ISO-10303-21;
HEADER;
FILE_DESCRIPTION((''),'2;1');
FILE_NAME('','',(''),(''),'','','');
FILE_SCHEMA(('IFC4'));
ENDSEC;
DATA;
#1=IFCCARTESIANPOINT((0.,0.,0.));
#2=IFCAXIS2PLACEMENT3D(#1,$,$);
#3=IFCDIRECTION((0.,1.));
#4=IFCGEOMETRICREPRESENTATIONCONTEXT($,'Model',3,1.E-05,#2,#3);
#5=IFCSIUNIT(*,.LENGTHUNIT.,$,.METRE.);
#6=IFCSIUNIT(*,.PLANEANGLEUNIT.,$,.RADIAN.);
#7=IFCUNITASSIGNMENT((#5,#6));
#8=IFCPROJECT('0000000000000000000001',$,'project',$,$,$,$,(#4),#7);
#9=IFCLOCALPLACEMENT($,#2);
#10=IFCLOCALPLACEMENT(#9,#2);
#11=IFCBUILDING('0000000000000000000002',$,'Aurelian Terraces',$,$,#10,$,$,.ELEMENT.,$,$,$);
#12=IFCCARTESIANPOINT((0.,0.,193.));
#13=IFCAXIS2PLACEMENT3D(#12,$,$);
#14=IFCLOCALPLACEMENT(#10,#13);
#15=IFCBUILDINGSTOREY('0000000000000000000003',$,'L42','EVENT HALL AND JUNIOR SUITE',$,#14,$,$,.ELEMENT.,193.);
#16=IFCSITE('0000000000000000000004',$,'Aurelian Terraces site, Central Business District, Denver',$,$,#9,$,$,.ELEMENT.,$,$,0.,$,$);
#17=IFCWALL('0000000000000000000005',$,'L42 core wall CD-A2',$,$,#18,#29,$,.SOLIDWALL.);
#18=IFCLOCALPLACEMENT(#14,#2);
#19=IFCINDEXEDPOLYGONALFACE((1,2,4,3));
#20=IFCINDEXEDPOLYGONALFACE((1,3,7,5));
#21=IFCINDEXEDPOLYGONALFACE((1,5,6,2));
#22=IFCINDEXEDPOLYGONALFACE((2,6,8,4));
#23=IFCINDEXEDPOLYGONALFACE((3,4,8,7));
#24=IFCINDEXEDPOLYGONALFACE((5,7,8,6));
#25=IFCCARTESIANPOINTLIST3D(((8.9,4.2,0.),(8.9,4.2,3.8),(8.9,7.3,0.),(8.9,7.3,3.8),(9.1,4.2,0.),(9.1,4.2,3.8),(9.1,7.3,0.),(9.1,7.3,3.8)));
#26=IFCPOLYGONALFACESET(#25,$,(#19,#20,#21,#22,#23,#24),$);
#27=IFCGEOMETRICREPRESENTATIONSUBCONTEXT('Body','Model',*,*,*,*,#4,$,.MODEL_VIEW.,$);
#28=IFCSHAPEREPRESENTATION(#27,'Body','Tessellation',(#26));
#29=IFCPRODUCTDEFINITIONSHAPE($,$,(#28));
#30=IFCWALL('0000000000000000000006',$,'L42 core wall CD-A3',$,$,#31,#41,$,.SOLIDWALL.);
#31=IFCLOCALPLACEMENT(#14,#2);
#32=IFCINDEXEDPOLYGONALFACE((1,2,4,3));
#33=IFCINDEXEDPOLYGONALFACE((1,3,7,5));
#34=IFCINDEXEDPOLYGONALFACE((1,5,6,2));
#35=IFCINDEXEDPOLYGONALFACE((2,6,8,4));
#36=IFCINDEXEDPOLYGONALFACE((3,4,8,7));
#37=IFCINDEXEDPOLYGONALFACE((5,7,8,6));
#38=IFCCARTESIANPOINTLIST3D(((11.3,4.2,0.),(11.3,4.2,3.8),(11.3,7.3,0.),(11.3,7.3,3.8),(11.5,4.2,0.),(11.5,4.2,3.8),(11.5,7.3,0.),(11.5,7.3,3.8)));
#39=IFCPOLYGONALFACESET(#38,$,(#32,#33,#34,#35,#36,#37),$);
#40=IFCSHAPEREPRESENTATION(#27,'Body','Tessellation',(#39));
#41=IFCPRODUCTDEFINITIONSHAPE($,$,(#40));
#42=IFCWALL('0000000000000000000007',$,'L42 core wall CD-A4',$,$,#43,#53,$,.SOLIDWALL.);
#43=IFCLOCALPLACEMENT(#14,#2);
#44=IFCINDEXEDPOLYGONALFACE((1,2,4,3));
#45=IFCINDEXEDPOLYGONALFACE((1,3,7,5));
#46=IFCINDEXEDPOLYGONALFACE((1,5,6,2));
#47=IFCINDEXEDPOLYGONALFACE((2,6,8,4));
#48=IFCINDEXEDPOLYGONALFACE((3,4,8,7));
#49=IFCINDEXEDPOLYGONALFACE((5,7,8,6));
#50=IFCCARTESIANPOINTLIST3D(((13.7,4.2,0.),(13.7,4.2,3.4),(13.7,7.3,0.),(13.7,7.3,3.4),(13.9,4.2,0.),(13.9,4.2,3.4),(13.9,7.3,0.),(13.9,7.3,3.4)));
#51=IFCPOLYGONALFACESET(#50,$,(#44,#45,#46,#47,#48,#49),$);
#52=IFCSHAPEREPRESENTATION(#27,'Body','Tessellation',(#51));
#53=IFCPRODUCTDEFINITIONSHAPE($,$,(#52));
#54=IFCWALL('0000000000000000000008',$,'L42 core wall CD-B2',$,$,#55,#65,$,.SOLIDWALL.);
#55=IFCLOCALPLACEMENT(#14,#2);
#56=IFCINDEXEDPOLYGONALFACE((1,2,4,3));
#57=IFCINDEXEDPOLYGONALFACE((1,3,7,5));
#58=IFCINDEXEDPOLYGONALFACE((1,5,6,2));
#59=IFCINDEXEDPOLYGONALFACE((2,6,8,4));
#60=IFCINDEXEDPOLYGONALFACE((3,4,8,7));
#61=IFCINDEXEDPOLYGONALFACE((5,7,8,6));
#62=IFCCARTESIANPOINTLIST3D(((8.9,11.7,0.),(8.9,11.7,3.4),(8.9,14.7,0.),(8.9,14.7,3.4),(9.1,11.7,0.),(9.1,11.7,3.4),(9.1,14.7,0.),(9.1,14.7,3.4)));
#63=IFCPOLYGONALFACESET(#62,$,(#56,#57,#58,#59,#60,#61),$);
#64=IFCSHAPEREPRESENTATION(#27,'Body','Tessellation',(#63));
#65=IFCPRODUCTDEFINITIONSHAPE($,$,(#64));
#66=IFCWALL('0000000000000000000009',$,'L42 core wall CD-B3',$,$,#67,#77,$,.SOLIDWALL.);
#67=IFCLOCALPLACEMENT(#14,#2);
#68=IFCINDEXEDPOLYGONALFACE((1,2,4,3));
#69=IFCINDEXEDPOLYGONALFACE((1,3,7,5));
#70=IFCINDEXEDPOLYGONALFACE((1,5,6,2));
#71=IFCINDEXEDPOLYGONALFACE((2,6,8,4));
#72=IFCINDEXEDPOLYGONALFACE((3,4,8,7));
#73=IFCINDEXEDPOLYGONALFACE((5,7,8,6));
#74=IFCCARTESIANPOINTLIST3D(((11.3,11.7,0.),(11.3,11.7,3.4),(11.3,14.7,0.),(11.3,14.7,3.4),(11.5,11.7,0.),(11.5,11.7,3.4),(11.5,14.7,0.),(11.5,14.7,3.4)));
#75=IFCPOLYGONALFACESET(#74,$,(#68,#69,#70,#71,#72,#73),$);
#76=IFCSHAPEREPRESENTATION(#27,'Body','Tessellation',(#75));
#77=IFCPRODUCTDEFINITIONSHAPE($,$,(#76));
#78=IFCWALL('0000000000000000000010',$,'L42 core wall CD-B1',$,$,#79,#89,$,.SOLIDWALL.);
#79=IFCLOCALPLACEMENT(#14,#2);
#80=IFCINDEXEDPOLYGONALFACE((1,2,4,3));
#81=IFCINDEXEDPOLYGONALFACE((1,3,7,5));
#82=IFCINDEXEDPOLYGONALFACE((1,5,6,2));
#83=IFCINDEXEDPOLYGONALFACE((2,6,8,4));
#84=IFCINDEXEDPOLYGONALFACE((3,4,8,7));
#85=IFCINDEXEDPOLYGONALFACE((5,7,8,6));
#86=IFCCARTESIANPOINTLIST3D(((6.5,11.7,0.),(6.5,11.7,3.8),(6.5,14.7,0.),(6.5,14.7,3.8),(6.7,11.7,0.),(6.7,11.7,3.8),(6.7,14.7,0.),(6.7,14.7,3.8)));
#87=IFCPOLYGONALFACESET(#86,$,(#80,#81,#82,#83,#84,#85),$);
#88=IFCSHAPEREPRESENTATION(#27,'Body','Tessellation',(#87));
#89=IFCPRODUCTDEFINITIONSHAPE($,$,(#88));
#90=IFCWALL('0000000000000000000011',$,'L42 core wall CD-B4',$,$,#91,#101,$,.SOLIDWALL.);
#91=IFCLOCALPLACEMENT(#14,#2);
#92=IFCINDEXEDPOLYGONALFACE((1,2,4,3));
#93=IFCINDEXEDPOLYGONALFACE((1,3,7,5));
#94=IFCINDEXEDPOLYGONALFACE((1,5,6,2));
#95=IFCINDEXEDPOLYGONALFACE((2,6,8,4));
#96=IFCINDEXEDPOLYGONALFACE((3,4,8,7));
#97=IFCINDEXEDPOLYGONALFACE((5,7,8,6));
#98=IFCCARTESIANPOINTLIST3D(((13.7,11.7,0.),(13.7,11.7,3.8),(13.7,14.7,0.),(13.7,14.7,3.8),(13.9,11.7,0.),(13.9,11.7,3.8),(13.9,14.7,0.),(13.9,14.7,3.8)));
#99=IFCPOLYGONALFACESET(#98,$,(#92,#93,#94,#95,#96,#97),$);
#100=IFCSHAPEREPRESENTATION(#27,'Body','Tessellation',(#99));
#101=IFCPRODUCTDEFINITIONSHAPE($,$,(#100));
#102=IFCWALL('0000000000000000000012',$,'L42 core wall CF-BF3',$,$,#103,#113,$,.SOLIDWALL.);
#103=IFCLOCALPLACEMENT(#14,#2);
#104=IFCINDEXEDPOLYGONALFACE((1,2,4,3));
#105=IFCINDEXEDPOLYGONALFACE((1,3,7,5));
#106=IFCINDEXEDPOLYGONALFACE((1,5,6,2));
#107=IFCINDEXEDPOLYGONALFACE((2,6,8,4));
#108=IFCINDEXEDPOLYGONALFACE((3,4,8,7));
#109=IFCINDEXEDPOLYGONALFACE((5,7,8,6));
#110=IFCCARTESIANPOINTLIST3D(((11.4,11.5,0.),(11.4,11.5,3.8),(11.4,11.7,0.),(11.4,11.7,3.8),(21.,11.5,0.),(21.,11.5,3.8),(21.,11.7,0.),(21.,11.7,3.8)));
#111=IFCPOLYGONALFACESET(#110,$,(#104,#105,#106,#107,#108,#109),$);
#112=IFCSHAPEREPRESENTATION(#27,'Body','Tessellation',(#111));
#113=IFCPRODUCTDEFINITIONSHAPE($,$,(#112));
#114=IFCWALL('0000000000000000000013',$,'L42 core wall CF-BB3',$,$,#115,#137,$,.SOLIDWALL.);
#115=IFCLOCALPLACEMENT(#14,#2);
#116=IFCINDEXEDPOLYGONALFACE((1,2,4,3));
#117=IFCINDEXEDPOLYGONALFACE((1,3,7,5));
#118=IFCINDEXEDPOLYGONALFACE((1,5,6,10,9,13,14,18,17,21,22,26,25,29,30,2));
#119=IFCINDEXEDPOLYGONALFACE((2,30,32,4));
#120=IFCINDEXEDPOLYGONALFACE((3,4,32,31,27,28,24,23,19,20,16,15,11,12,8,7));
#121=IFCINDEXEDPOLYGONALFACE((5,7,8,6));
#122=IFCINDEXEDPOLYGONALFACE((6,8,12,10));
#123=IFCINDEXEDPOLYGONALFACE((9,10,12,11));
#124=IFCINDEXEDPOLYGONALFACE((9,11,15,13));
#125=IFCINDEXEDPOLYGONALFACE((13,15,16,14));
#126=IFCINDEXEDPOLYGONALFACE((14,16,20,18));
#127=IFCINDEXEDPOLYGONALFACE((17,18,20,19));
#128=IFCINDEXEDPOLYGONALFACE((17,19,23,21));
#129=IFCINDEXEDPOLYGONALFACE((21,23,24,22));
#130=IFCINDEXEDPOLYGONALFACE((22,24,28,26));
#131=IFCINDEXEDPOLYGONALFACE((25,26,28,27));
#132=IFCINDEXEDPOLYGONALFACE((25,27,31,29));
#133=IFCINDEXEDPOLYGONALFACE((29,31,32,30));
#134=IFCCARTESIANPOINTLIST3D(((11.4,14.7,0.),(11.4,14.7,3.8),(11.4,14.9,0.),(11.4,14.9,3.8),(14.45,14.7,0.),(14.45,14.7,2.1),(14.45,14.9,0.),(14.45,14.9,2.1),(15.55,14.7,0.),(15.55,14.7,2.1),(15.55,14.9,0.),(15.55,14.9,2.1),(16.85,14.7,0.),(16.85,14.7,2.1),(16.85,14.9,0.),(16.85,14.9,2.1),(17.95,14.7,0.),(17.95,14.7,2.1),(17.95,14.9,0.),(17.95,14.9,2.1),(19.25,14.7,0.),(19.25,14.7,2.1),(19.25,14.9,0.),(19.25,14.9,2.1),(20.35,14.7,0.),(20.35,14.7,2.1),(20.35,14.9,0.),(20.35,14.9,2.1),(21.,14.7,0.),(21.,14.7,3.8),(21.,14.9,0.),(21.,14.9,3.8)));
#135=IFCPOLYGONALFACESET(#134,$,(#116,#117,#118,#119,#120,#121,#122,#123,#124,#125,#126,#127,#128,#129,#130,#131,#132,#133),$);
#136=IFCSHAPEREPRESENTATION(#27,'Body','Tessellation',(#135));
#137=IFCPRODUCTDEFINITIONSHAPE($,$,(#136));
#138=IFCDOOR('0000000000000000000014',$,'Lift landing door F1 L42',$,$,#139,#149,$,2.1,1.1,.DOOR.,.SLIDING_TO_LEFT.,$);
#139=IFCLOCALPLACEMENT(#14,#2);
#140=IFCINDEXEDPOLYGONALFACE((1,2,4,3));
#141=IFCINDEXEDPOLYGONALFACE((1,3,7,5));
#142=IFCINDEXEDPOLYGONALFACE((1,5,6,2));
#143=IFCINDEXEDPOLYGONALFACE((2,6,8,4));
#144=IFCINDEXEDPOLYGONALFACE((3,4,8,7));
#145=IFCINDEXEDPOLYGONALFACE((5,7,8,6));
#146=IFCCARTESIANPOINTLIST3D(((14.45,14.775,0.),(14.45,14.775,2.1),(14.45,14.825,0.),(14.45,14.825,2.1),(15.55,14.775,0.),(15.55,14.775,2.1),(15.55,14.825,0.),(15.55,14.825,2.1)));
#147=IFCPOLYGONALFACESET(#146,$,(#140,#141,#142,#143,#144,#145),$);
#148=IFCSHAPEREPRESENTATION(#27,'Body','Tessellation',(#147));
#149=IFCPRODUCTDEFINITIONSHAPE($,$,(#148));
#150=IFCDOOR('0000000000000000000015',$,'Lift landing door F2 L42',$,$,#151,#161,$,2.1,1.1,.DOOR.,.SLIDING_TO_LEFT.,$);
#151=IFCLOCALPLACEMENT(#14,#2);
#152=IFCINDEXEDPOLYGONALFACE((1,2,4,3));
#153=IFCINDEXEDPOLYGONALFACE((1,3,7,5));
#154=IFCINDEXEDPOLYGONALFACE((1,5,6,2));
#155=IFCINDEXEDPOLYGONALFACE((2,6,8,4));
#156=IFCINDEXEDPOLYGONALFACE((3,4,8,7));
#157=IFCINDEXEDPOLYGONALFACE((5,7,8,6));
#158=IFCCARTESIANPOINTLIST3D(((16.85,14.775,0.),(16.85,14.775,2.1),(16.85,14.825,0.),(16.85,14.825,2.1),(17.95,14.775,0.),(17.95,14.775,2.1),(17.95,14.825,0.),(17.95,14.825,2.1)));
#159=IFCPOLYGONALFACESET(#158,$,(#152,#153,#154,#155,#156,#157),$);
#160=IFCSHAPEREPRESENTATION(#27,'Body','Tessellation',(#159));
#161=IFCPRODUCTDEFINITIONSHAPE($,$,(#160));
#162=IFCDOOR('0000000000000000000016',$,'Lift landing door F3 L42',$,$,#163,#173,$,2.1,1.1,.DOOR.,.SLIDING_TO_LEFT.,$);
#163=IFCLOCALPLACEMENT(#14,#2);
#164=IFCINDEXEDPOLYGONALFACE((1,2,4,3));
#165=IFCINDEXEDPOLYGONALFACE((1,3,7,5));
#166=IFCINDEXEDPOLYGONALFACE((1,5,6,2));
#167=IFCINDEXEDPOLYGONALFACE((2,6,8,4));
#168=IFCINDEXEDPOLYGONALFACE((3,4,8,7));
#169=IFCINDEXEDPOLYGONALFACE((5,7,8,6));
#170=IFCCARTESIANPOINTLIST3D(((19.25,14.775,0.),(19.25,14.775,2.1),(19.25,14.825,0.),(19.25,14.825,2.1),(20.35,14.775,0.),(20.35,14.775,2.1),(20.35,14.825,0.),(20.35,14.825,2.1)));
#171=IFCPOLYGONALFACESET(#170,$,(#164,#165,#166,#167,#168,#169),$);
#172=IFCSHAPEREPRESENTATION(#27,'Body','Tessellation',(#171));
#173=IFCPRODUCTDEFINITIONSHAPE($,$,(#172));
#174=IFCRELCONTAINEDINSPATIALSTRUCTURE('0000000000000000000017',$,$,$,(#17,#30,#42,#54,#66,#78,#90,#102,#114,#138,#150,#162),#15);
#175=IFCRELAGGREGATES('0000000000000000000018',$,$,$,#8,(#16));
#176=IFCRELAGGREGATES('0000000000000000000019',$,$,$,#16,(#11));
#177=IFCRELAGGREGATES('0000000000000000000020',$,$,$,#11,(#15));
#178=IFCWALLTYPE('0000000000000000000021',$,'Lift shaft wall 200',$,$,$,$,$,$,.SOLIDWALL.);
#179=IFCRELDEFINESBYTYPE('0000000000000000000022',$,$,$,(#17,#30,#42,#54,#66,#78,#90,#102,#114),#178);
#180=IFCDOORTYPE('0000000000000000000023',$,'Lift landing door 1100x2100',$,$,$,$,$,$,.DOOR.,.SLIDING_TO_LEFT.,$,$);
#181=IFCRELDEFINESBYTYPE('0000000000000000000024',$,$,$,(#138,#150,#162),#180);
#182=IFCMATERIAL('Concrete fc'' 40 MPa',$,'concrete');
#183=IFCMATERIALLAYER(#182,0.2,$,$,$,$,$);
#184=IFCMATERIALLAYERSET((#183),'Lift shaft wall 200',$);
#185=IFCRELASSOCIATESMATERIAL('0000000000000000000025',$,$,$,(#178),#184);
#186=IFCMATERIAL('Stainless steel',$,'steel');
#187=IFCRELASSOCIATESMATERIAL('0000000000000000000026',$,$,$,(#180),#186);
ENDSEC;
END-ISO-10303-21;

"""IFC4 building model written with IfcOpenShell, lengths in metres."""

from ifc_helpers import new_model, si_unit, direction, frame, frame_2d, origin, place, context, subcontext, project, spatial, rectangle, extrude, source, transform, mapped, material, layer, layer_set, type_object, element, fill, save


model = new_model("IFC4")

# Units and contexts
model_context = context("Model", 3, precision=1e-05, world=origin(), true_north=direction((0.0, 1.0)))
body_context = subcontext(model_context, "Body", "Model", "MODEL_VIEW")
ifc_project = project(units=[si_unit("LENGTHUNIT", "METRE"), si_unit("PLANEANGLEUNIT", "RADIAN")], contexts=[model_context])

# Site, building, storey
site_placement = place(None, origin())
site = spatial("IfcSite", under=ifc_project, at=site_placement, Name="Aurelian Terraces site, Central Business District, Denver", CompositionType="ELEMENT", RefElevation=0.0)
building_placement = place(site_placement, origin())
building = spatial("IfcBuilding", under=site, at=building_placement, Name="Aurelian Terraces", CompositionType="ELEMENT")
storey_placement = place(building_placement, frame((0.0, 0.0, 193.0)))
storey = spatial("IfcBuildingStorey", under=building, at=storey_placement, Name="L42", Description="EVENT HALL AND JUNIOR SUITE", CompositionType="ELEMENT", Elevation=193.0)

# Walls
ifc_material_1 = material(Name="Concrete fc' 40 MPa", Category="concrete")
ifc_layer_1 = layer(ifc_material_1, 0.2)
ifc_layer_set_1 = layer_set([ifc_layer_1], Name="Lift shaft wall 200")
wall_type_1 = type_object("IfcWallType", Name="Lift shaft wall 200", PredefinedType="SOLIDWALL", material=ifc_layer_set_1)
shared_shape_1 = source(origin(), body_context, "Body", "SweptSolid", [
    extrude(rectangle(XDim=3.1, YDim=0.2, at=frame_2d((1.55, 0.0))), origin(), (0.0, 0.0, 1.0), 3.8),
])
for number, where, z_axis, x_axis, name in (
    (1, (9.0, 4.2, 0.0), (0.0, 0.0, 1.0), (0.0, 1.0, 0.0), "L42 core wall CD-A2"),
    (2, (11.4, 4.2, 0.0), (0.0, 0.0, 1.0), (0.0, 1.0, 0.0), "L42 core wall CD-A3"),
):
    element("IfcWall", number, at=place(storey_placement, frame(where, z_axis=z_axis, x_axis=x_axis)), inside=storey, type_object=wall_type_1, Name=name, PredefinedType="SOLIDWALL", context=body_context, shape_type="MappedRepresentation", body=[
        mapped(shared_shape_1, transform((0.0, 0.0, 0.0), scale=1.0)),
    ])
shared_shape_2 = source(origin(), body_context, "Body", "SweptSolid", [
    extrude(rectangle(XDim=3.1, YDim=0.2, at=frame_2d((1.55, 0.0))), origin(), (0.0, 0.0, 1.0), 3.4),
])
wall_1_placement = place(storey_placement, frame((13.8, 4.2, 0.0), z_axis=(0.0, 0.0, 1.0), x_axis=(0.0, 1.0, 0.0)))
element("IfcWall", 3, at=wall_1_placement, inside=storey, type_object=wall_type_1, Name="L42 core wall CD-A4", PredefinedType="SOLIDWALL", context=body_context, shape_type="MappedRepresentation", body=[
    mapped(shared_shape_2, transform((0.0, 0.0, 0.0), scale=1.0)),
])
shared_shape_3 = source(origin(), body_context, "Body", "SweptSolid", [
    extrude(rectangle(XDim=3.0, YDim=0.2, at=frame_2d((1.5, 0.0))), origin(), (0.0, 0.0, 1.0), 3.4),
])
for number, where, z_axis, x_axis, name in (
    (4, (9.0, 11.7, 0.0), (0.0, 0.0, 1.0), (0.0, 1.0, 0.0), "L42 core wall CD-B2"),
    (5, (11.4, 11.7, 0.0), (0.0, 0.0, 1.0), (0.0, 1.0, 0.0), "L42 core wall CD-B3"),
):
    element("IfcWall", number, at=place(storey_placement, frame(where, z_axis=z_axis, x_axis=x_axis)), inside=storey, type_object=wall_type_1, Name=name, PredefinedType="SOLIDWALL", context=body_context, shape_type="MappedRepresentation", body=[
        mapped(shared_shape_3, transform((0.0, 0.0, 0.0), scale=1.0)),
    ])
shared_shape_4 = source(origin(), body_context, "Body", "SweptSolid", [
    extrude(rectangle(XDim=3.0, YDim=0.2, at=frame_2d((1.5, 0.0))), origin(), (0.0, 0.0, 1.0), 3.8),
])
for number, where, z_axis, x_axis, name in (
    (6, (6.6, 11.7, 0.0), (0.0, 0.0, 1.0), (0.0, 1.0, 0.0), "L42 core wall CD-B1"),
    (7, (13.8, 11.7, 0.0), (0.0, 0.0, 1.0), (0.0, 1.0, 0.0), "L42 core wall CD-B4"),
):
    element("IfcWall", number, at=place(storey_placement, frame(where, z_axis=z_axis, x_axis=x_axis)), inside=storey, type_object=wall_type_1, Name=name, PredefinedType="SOLIDWALL", context=body_context, shape_type="MappedRepresentation", body=[
        mapped(shared_shape_4, transform((0.0, 0.0, 0.0), scale=1.0)),
    ])
shared_shape_5 = source(origin(), body_context, "Body", "SweptSolid", [
    extrude(rectangle(XDim=9.6, YDim=0.2, at=frame_2d((4.8, 0.0))), origin(), (0.0, 0.0, 1.0), 3.8),
])
wall_2_placement = place(storey_placement, frame((11.4, 11.6, 0.0), z_axis=(0.0, 0.0, 1.0), x_axis=(1.0, 0.0, 0.0)))
element("IfcWall", 8, at=wall_2_placement, inside=storey, type_object=wall_type_1, Name="L42 core wall CF-BF3", PredefinedType="SOLIDWALL", context=body_context, shape_type="MappedRepresentation", body=[
    mapped(shared_shape_5, transform((0.0, 0.0, 0.0), scale=1.0)),
])

# Wall, openings, doors
wall_3_placement = place(storey_placement, frame((11.4, 14.8, 0.0), z_axis=(0.0, 0.0, 1.0), x_axis=(1.0, 0.0, 0.0)))
wall_3 = element("IfcWall", 9, at=wall_3_placement, inside=storey, type_object=wall_type_1, Name="L42 core wall CF-BB3", PredefinedType="SOLIDWALL", context=body_context, shape_type="MappedRepresentation", body=[
    mapped(shared_shape_5, transform((0.0, 0.0, 0.0), scale=1.0)),
])
shared_shape_6 = source(origin(), body_context, "Body", "SweptSolid", [
    extrude(rectangle(XDim=1.1, YDim=2.1, at=frame_2d((0.55, 1.05))), frame((0.0, 0.11, 0.0), z_axis=(0.0, -1.0, 0.0), x_axis=(1.0, 0.0, 0.0)), (0.0, 0.0, 1.0), 0.22),
])
opening_1_placement = place(wall_3_placement, frame((3.05, 0.0, 0.0)))
opening_1 = element("IfcOpeningElement", 10, at=opening_1_placement, cuts=wall_3, PredefinedType="OPENING", context=body_context, shape_type="MappedRepresentation", body=[
    mapped(shared_shape_6, transform((0.0, 0.0, 0.0), scale=1.0)),
])
opening_2_placement = place(wall_3_placement, frame((5.45, 0.0, 0.0)))
opening_2 = element("IfcOpeningElement", 11, at=opening_2_placement, cuts=wall_3, PredefinedType="OPENING", context=body_context, shape_type="MappedRepresentation", body=[
    mapped(shared_shape_6, transform((0.0, 0.0, 0.0), scale=1.0)),
])
opening_3_placement = place(wall_3_placement, frame((7.85, 0.0, 0.0)))
opening_3 = element("IfcOpeningElement", 12, at=opening_3_placement, cuts=wall_3, PredefinedType="OPENING", context=body_context, shape_type="MappedRepresentation", body=[
    mapped(shared_shape_6, transform((0.0, 0.0, 0.0), scale=1.0)),
])
ifc_material_2 = material(Name="Stainless steel", Category="steel")
door_type_1 = type_object("IfcDoorType", Name="Lift landing door 1100x2100", OperationType="SLIDING_TO_LEFT", PredefinedType="DOOR", material=ifc_material_2)
shared_shape_7 = source(origin(), body_context, "Body", "SweptSolid", [
    extrude(rectangle(XDim=1.1, YDim=2.1, at=frame_2d((0.55, 1.05))), frame((0.0, 0.025, 0.0), z_axis=(0.0, -1.0, 0.0), x_axis=(1.0, 0.0, 0.0)), (0.0, 0.0, 1.0), 0.05),
])
door_1_placement = place(opening_1_placement, origin())
door_1 = element("IfcDoor", 13, at=door_1_placement, inside=storey, type_object=door_type_1, Name="Lift landing door F1 L42", OperationType="SLIDING_TO_LEFT", OverallHeight=2.1, OverallWidth=1.1, PredefinedType="DOOR", context=body_context, shape_type="MappedRepresentation", body=[
    mapped(shared_shape_7, transform((0.0, 0.0, 0.0), scale=1.0)),
])
fill(opening_1, door_1)
door_2_placement = place(opening_2_placement, origin())
door_2 = element("IfcDoor", 14, at=door_2_placement, inside=storey, type_object=door_type_1, Name="Lift landing door F2 L42", OperationType="SLIDING_TO_LEFT", OverallHeight=2.1, OverallWidth=1.1, PredefinedType="DOOR", context=body_context, shape_type="MappedRepresentation", body=[
    mapped(shared_shape_7, transform((0.0, 0.0, 0.0), scale=1.0)),
])
fill(opening_2, door_2)
door_3_placement = place(opening_3_placement, origin())
door_3 = element("IfcDoor", 15, at=door_3_placement, inside=storey, type_object=door_type_1, Name="Lift landing door F3 L42", OperationType="SLIDING_TO_LEFT", OverallHeight=2.1, OverallWidth=1.1, PredefinedType="DOOR", context=body_context, shape_type="MappedRepresentation", body=[
    mapped(shared_shape_7, transform((0.0, 0.0, 0.0), scale=1.0)),
])
fill(opening_3, door_3)

save(model, "model.ifc")
